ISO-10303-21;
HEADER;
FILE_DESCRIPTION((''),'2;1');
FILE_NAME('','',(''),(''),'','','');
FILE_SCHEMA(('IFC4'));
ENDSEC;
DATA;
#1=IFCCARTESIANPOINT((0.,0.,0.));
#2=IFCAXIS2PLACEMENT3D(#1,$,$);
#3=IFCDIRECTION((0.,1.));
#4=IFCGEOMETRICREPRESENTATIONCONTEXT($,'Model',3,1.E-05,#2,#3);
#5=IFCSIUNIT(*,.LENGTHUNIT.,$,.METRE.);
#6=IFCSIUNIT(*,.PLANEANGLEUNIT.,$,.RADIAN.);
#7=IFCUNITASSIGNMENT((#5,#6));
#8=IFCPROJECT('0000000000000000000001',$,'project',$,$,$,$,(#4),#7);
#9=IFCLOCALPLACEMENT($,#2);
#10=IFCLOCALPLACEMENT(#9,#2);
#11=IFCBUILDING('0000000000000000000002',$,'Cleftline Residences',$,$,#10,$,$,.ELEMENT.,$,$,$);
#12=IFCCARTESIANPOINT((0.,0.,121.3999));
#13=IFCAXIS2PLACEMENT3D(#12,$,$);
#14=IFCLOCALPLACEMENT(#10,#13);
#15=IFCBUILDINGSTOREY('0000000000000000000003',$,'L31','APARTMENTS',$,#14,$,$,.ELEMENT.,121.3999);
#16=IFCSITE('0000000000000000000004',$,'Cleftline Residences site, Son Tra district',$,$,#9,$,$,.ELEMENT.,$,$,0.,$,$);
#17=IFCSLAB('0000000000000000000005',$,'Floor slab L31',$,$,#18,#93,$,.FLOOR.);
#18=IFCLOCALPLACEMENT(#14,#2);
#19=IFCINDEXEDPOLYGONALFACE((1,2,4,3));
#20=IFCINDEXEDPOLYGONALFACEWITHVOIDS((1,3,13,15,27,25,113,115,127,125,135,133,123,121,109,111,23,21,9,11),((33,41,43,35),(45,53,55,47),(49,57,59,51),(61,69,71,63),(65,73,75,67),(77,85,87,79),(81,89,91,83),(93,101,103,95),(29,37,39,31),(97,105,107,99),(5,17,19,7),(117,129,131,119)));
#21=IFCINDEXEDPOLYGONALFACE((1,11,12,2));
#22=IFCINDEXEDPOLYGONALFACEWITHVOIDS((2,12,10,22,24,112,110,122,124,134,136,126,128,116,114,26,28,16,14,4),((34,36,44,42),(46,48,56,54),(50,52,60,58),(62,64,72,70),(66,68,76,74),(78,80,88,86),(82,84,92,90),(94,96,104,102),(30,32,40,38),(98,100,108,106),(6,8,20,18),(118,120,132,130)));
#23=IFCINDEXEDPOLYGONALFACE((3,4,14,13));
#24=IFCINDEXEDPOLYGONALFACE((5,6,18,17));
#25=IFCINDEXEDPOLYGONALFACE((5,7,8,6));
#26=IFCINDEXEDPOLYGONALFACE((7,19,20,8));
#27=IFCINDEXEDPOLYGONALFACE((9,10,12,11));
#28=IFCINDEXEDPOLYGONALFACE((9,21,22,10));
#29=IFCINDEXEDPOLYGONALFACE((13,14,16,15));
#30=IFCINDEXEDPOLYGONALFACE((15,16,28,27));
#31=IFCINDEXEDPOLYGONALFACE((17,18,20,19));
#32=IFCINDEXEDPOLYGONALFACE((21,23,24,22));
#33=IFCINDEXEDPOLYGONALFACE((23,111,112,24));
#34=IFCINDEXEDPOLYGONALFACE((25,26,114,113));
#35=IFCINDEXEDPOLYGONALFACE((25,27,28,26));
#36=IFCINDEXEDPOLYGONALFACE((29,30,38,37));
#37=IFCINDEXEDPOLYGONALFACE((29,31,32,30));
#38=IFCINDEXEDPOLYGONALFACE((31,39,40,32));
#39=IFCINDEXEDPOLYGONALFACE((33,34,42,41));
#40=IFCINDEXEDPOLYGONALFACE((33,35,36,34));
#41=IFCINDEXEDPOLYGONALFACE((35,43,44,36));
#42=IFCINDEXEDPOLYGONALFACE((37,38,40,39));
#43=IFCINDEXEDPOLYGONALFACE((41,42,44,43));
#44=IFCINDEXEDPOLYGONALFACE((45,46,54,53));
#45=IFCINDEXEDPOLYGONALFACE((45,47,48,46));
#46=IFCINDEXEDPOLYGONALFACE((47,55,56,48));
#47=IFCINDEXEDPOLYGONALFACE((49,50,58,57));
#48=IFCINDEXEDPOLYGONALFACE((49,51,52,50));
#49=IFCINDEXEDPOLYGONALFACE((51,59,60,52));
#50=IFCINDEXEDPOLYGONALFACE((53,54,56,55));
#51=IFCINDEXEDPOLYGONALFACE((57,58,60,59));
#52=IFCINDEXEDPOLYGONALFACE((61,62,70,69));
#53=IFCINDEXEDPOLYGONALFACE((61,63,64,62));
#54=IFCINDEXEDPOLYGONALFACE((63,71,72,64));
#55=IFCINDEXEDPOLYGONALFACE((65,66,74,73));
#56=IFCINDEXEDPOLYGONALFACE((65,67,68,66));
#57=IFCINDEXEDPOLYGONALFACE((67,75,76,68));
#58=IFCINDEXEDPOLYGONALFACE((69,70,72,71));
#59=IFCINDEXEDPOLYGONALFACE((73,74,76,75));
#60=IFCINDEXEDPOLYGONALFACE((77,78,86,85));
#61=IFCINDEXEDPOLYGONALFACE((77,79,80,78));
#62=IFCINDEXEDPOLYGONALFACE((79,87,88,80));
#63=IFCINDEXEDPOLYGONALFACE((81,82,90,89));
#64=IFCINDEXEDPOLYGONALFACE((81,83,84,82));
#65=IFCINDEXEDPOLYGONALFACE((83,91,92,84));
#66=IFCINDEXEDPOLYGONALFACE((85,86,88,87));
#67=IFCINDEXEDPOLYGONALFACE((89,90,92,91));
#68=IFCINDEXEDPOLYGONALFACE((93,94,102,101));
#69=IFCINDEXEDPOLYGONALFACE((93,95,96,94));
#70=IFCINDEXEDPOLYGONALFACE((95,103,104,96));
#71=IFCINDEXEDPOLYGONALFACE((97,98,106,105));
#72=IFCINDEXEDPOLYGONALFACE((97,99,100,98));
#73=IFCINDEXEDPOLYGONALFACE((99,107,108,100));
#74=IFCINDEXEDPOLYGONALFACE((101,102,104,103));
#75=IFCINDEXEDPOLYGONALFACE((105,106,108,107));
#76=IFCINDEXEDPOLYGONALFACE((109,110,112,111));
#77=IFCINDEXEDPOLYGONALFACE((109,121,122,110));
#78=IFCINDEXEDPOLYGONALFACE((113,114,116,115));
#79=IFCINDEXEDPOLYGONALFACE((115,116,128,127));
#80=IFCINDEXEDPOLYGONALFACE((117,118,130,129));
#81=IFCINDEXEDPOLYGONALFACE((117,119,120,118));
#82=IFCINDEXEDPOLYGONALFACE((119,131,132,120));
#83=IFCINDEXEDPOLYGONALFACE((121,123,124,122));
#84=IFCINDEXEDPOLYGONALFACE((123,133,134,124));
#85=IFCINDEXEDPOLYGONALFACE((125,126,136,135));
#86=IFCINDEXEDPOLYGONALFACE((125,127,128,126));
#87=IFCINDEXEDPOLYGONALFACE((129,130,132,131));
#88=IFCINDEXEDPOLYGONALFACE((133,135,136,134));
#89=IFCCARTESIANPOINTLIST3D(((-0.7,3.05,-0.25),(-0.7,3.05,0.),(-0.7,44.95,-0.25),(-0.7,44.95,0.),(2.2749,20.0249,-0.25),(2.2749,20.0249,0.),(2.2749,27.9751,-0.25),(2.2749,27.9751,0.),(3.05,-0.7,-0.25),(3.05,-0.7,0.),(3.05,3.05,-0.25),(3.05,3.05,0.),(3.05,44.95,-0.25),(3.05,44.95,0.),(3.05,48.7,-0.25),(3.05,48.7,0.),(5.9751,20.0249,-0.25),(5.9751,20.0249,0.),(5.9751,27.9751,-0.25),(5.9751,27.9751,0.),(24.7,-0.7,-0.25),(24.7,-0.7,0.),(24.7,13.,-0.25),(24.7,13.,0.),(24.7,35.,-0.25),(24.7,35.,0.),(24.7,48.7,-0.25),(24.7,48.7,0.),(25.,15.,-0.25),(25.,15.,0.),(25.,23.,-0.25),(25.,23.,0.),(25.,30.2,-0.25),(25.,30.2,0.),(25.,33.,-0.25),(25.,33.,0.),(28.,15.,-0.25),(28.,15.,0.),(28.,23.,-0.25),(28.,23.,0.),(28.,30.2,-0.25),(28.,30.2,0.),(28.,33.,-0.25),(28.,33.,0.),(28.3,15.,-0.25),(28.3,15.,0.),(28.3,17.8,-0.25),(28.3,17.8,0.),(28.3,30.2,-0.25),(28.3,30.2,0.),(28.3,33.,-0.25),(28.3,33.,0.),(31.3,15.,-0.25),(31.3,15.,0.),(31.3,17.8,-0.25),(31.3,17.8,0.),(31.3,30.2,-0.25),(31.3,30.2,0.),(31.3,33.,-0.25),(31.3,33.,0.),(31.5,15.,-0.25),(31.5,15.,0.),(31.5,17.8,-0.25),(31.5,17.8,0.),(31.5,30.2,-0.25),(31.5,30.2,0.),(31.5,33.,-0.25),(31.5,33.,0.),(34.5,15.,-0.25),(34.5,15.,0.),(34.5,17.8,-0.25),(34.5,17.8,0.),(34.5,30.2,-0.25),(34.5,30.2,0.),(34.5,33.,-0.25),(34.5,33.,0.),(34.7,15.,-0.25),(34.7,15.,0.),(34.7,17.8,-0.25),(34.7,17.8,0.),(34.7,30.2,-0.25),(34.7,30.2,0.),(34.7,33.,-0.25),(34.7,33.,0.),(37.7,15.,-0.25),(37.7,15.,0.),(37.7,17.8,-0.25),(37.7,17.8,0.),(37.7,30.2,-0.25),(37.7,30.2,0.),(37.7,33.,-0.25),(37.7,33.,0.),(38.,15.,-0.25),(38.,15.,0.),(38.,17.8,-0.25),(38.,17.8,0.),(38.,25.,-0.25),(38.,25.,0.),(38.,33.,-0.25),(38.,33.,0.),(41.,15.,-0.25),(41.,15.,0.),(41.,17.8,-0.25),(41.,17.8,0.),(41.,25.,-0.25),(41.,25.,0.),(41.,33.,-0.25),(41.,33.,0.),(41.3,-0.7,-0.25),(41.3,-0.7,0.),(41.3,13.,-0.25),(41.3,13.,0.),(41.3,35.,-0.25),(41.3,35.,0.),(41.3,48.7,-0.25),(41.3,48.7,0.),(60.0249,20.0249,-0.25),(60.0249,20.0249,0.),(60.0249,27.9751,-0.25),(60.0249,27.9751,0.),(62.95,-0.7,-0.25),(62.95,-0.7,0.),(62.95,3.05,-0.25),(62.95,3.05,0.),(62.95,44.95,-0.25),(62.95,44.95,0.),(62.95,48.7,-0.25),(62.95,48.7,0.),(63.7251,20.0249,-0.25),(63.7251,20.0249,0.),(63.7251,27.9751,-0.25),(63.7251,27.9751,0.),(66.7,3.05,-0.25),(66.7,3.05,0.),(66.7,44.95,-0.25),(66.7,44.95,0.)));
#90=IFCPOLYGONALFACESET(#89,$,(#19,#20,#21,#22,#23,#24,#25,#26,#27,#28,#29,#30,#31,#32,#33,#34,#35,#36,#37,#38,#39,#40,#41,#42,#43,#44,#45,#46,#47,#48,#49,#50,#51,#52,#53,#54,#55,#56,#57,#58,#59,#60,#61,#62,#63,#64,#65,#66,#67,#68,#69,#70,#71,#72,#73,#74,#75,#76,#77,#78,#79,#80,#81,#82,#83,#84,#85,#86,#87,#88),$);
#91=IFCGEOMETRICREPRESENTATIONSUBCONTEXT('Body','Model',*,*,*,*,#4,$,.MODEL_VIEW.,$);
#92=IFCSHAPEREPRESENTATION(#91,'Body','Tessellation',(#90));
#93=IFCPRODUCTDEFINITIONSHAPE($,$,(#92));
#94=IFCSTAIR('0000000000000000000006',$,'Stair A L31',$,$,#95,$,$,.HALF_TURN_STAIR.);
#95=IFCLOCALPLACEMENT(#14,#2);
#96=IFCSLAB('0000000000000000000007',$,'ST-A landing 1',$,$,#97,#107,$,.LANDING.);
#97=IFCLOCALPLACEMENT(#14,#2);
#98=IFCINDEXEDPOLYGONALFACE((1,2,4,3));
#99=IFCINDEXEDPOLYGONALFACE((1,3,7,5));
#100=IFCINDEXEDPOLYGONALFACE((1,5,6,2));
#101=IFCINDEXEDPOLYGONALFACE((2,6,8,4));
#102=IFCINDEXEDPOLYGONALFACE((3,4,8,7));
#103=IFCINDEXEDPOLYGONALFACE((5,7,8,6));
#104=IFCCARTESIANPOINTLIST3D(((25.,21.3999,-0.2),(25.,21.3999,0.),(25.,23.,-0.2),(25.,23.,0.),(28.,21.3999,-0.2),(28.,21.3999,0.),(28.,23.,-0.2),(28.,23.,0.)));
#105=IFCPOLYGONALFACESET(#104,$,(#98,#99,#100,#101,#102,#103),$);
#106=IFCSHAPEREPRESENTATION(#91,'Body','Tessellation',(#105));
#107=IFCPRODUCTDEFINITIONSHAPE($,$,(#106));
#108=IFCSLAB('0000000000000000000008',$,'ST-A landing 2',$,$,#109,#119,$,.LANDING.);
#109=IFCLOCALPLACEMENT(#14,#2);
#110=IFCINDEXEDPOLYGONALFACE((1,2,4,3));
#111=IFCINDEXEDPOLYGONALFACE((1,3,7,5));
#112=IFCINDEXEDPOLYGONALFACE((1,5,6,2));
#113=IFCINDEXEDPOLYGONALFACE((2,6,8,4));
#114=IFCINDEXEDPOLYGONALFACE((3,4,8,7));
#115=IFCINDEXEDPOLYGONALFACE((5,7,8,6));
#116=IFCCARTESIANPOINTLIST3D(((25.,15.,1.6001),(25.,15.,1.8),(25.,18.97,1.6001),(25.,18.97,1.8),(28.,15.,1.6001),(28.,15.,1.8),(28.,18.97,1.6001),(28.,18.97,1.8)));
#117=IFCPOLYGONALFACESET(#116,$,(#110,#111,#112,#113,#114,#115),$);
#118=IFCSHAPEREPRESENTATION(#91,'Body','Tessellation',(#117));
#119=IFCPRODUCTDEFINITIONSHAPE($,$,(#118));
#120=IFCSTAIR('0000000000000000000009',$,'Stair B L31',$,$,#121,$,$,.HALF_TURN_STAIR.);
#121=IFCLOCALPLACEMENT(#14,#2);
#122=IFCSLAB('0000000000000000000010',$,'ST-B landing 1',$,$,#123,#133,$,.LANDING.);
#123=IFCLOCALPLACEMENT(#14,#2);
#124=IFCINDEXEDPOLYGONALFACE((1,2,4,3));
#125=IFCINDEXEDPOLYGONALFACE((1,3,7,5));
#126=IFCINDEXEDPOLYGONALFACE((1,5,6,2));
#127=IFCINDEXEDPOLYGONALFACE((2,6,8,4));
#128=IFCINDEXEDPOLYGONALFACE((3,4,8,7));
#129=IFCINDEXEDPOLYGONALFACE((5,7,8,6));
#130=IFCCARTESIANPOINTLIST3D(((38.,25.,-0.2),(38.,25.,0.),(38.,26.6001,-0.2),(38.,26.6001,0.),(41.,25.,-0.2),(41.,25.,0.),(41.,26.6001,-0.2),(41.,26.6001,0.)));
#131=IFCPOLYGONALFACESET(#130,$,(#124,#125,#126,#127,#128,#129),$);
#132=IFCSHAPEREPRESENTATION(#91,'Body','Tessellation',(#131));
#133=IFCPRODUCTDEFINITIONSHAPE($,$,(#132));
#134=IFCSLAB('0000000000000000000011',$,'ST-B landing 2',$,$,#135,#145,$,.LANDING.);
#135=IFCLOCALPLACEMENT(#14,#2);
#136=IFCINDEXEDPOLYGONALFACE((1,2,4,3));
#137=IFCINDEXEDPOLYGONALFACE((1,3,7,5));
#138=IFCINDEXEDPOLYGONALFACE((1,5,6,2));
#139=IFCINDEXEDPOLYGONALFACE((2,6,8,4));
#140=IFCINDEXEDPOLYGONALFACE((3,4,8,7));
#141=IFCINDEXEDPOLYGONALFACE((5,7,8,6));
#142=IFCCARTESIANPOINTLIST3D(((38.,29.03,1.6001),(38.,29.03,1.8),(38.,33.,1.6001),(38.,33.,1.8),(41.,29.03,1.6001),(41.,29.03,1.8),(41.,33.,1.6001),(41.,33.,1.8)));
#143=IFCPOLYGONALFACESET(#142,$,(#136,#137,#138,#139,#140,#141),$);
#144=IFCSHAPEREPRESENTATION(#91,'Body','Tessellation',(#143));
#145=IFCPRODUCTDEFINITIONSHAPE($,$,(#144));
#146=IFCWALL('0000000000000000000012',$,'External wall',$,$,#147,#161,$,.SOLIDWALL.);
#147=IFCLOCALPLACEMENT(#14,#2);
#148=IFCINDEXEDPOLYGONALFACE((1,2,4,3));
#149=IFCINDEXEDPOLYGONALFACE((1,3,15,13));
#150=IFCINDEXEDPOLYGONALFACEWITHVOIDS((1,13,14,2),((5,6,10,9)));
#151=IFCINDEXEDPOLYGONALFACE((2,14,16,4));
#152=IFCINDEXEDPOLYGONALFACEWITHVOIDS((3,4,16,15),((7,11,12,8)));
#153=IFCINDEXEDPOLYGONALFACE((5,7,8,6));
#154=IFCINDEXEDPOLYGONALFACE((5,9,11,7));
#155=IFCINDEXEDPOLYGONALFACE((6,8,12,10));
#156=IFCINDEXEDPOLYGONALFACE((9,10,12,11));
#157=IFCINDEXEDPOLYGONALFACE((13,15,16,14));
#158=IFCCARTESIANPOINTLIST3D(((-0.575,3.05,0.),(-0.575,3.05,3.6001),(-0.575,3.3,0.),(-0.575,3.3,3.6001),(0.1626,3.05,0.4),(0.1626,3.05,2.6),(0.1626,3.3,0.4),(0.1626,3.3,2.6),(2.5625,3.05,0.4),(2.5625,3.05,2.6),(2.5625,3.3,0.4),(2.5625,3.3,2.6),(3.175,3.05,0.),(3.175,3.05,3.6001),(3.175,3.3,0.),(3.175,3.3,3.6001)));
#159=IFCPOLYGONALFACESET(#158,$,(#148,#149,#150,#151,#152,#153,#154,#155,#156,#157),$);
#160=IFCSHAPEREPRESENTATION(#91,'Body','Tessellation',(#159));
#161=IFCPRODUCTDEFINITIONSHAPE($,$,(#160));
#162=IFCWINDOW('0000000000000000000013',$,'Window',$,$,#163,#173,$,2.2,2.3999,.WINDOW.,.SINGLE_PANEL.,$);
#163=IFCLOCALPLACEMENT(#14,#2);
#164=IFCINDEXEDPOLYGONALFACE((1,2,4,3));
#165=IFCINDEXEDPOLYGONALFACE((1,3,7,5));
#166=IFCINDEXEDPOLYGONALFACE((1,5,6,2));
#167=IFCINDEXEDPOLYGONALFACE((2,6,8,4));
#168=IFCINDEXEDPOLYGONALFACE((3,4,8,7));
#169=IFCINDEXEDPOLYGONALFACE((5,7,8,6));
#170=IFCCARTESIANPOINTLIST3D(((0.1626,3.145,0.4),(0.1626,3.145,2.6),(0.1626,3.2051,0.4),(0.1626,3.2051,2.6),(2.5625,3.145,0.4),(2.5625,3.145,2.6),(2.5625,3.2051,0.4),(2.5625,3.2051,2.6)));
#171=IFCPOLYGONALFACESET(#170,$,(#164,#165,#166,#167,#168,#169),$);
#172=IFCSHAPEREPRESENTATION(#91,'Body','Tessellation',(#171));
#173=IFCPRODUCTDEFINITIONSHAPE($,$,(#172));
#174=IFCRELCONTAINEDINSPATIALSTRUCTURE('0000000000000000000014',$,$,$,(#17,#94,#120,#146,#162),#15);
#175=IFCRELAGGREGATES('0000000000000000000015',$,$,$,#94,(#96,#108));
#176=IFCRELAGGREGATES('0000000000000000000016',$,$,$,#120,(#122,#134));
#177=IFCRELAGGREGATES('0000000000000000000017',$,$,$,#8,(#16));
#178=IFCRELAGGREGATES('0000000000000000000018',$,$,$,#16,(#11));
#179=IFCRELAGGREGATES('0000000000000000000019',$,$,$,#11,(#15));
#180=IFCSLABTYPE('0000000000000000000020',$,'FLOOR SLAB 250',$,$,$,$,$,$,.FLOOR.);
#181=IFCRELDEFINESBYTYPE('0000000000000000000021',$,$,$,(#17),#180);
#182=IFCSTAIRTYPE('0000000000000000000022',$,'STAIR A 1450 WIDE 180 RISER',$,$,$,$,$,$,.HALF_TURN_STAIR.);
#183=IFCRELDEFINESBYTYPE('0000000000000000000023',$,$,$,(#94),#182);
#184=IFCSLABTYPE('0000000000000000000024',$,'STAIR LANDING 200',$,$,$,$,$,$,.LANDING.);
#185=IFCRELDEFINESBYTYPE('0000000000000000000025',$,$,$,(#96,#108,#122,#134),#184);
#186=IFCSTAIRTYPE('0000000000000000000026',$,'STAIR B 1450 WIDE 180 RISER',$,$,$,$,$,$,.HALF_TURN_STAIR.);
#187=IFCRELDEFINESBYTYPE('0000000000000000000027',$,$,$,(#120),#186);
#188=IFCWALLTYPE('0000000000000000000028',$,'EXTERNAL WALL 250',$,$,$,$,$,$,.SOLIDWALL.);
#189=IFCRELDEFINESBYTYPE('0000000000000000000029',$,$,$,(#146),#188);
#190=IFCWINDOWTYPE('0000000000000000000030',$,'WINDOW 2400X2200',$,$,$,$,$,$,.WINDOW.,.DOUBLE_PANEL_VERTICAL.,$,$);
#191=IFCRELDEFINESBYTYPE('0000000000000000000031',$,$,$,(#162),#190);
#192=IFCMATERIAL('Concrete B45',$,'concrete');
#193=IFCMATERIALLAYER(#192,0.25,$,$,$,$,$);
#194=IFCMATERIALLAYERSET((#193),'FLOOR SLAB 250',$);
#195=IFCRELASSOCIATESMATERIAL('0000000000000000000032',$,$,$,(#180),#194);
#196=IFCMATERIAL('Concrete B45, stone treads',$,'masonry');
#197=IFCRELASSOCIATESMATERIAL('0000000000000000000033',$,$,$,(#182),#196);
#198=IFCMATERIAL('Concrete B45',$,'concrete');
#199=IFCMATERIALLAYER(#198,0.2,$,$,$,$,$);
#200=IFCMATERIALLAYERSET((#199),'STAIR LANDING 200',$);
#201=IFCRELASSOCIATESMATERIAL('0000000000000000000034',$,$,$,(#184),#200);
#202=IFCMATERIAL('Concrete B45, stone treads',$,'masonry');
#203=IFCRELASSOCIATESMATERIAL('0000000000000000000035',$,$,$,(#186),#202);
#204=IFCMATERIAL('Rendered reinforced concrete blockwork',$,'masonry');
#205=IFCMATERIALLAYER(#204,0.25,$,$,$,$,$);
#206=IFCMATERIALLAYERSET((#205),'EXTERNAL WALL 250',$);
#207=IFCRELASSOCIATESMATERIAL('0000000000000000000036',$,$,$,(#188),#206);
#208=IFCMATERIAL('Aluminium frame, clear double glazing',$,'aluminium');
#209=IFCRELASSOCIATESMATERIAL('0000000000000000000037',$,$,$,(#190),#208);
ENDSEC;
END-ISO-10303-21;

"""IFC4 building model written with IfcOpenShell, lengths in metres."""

from ifc_helpers import new_model, si_unit, direction, frame, frame_2d, origin, place, context, subcontext, project, spatial, polyline, rectangle, outline, extrude, material, layer, layer_set, type_object, element, fill, aggregate, save


model = new_model("IFC4")

# Units and contexts
model_context = context("Model", 3, precision=1e-05, world=origin(), true_north=direction((0.0, 1.0)))
body_context = subcontext(model_context, "Body", "Model", "MODEL_VIEW")
ifc_project = project(units=[si_unit("LENGTHUNIT", "METRE"), si_unit("PLANEANGLEUNIT", "RADIAN")], contexts=[model_context])

# Site, building, storey
site_placement = place(None, origin())
site = spatial("IfcSite", under=ifc_project, at=site_placement, Name="Cleftline Residences site, Son Tra district", CompositionType="ELEMENT", RefElevation=0.0)
building_placement = place(site_placement, origin())
building = spatial("IfcBuilding", under=site, at=building_placement, Name="Cleftline Residences", CompositionType="ELEMENT")
storey_placement = place(building_placement, frame((0.0, 0.0, 121.3999)))
storey = spatial("IfcBuildingStorey", under=building, at=storey_placement, Name="L31", Description="APARTMENTS", CompositionType="ELEMENT", Elevation=121.3999)

# Slab
ifc_material_1 = material(Name="Concrete B45", Category="concrete")
ifc_layer_1 = layer(ifc_material_1, 0.25)
ifc_layer_set_1 = layer_set([ifc_layer_1], Name="FLOOR SLAB 250")
slab_type_1 = type_object("IfcSlabType", Name="FLOOR SLAB 250", PredefinedType="FLOOR", material=ifc_layer_set_1)
slab_1_placement = place(storey_placement, frame((0.0, 0.0, -0.25)))
element("IfcSlab", 1, at=slab_1_placement, inside=storey, type_object=slab_type_1, Name="Floor slab L31", PredefinedType="FLOOR", context=body_context, shape_type="SweptSolid", body=[
    extrude(outline(polyline([(24.7, 13.0), (41.3, 13.0), (41.3, -0.7), (62.95, -0.7), (62.95, 3.05), (66.7, 3.05), (66.7, 44.95), (62.95, 44.95), (62.95, 48.7), (41.3, 48.7), (41.3, 35.0), (24.7, 35.0), (24.7, 48.7), (3.05, 48.7), (3.05, 44.95), (-0.7, 44.95), (-0.7, 3.05), (3.05, 3.05), (3.05, -0.7), (24.7, -0.7), (24.7, 13.0)]), holes=[polyline([(28.0, 15.0), (28.0, 23.0), (25.0, 23.0), (25.0, 15.0), (28.0, 15.0)]), polyline([(41.0, 25.0), (41.0, 33.0), (38.0, 33.0), (38.0, 25.0), (41.0, 25.0)]), polyline([(28.0, 30.2), (28.0, 33.0), (25.0, 33.0), (25.0, 30.2), (28.0, 30.2)]), polyline([(41.0, 15.0), (41.0, 17.8), (38.0, 17.8), (38.0, 15.0), (41.0, 15.0)]), polyline([(31.3, 15.0), (31.3, 17.8), (28.3, 17.8), (28.3, 15.0), (31.3, 15.0)]), polyline([(34.5, 15.0), (34.5, 17.8), (31.5, 17.8), (31.5, 15.0), (34.5, 15.0)]), polyline([(37.7, 15.0), (37.7, 17.8), (34.7, 17.8), (34.7, 15.0), (37.7, 15.0)]), polyline([(31.3, 30.2), (31.3, 33.0), (28.3, 33.0), (28.3, 30.2), (31.3, 30.2)]), polyline([(34.5, 30.2), (34.5, 33.0), (31.5, 33.0), (31.5, 30.2), (34.5, 30.2)]), polyline([(37.7, 30.2), (37.7, 33.0), (34.7, 33.0), (34.7, 30.2), (37.7, 30.2)]), polyline([(63.7251, 20.0249), (63.7251, 27.9751), (60.0249, 27.9751), (60.0249, 20.0249), (63.7251, 20.0249)]), polyline([(5.9751, 20.0249), (5.9751, 27.9751), (2.2749, 27.9751), (2.2749, 20.0249), (5.9751, 20.0249)])]), origin(), (0.0, 0.0, 1.0), 0.25),
])

# Stairs, slabs
ifc_material_2 = material(Name="Concrete B45, stone treads", Category="masonry")
stair_type_1 = type_object("IfcStairType", Name="STAIR A 1450 WIDE 180 RISER", PredefinedType="HALF_TURN_STAIR", material=ifc_material_2)
stair_1_placement = place(storey_placement, origin())
stair_1 = element("IfcStair", 2, at=stair_1_placement, inside=storey, type_object=stair_type_1, Name="Stair A L31", PredefinedType="HALF_TURN_STAIR")
ifc_material_3 = material(Name="Concrete B45", Category="concrete")
ifc_layer_2 = layer(ifc_material_3, 0.2)
ifc_layer_set_2 = layer_set([ifc_layer_2], Name="STAIR LANDING 200")
slab_type_2 = type_object("IfcSlabType", Name="STAIR LANDING 200", PredefinedType="LANDING", material=ifc_layer_set_2)
slab_2_placement = place(storey_placement, frame((0.0, 0.0, -0.2)))
slab_2 = element("IfcSlab", 3, at=slab_2_placement, type_object=slab_type_2, Name="ST-A landing 1", PredefinedType="LANDING", context=body_context, shape_type="SweptSolid", body=[
    extrude(outline(polyline([(25.0, 21.3999), (28.0, 21.3999), (28.0, 23.0), (25.0, 23.0), (25.0, 21.3999)])), origin(), (0.0, 0.0, 1.0), 0.2),
])
slab_3_placement = place(storey_placement, frame((0.0, 0.0, 1.6001)))
slab_3 = element("IfcSlab", 4, at=slab_3_placement, type_object=slab_type_2, Name="ST-A landing 2", PredefinedType="LANDING", context=body_context, shape_type="SweptSolid", body=[
    extrude(outline(polyline([(25.0, 15.0), (28.0, 15.0), (28.0, 18.97), (25.0, 18.97), (25.0, 15.0)])), origin(), (0.0, 0.0, 1.0), 0.2),
])
aggregate(stair_1, [slab_2, slab_3])
ifc_material_4 = material(Name="Concrete B45, stone treads", Category="masonry")
stair_type_2 = type_object("IfcStairType", Name="STAIR B 1450 WIDE 180 RISER", PredefinedType="HALF_TURN_STAIR", material=ifc_material_4)
stair_2_placement = place(storey_placement, origin())
stair_2 = element("IfcStair", 5, at=stair_2_placement, inside=storey, type_object=stair_type_2, Name="Stair B L31", PredefinedType="HALF_TURN_STAIR")
slab_4_placement = place(storey_placement, frame((0.0, 0.0, -0.2)))
slab_4 = element("IfcSlab", 6, at=slab_4_placement, type_object=slab_type_2, Name="ST-B landing 1", PredefinedType="LANDING", context=body_context, shape_type="SweptSolid", body=[
    extrude(outline(polyline([(38.0, 25.0), (41.0, 25.0), (41.0, 26.6001), (38.0, 26.6001), (38.0, 25.0)])), origin(), (0.0, 0.0, 1.0), 0.2),
])
slab_5_placement = place(storey_placement, frame((0.0, 0.0, 1.6001)))
slab_5 = element("IfcSlab", 7, at=slab_5_placement, type_object=slab_type_2, Name="ST-B landing 2", PredefinedType="LANDING", context=body_context, shape_type="SweptSolid", body=[
    extrude(outline(polyline([(38.0, 29.03), (41.0, 29.03), (41.0, 33.0), (38.0, 33.0), (38.0, 29.03)])), origin(), (0.0, 0.0, 1.0), 0.2),
])
aggregate(stair_2, [slab_4, slab_5])

# Wall, opening, window
ifc_material_5 = material(Name="Rendered reinforced concrete blockwork", Category="masonry")
ifc_layer_3 = layer(ifc_material_5, 0.25)
ifc_layer_set_3 = layer_set([ifc_layer_3], Name="EXTERNAL WALL 250")
wall_type = type_object("IfcWallType", Name="EXTERNAL WALL 250", PredefinedType="SOLIDWALL", material=ifc_layer_set_3)
wall_placement = place(storey_placement, frame((-0.575, 3.175, 0.0), z_axis=(0.0, 0.0, 1.0), x_axis=(1.0, 0.0, 0.0)))
wall = element("IfcWall", 8, at=wall_placement, inside=storey, type_object=wall_type, Name="External wall", PredefinedType="SOLIDWALL", context=body_context, shape_type="SweptSolid", body=[
    extrude(rectangle(XDim=3.75, YDim=0.25, at=frame_2d((1.875, 0.0))), origin(), (0.0, 0.0, 1.0), 3.6001),
])
opening_placement = place(wall_placement, frame((0.7375, 0.0, 0.3999)))
opening = element("IfcOpeningElement", 9, at=opening_placement, cuts=wall, PredefinedType="OPENING", context=body_context, shape_type="SweptSolid", body=[
    extrude(rectangle(XDim=2.3999, YDim=2.2, at=frame_2d((1.2, 1.1001))), frame((0.0, 0.135, 0.0), z_axis=(0.0, -1.0, 0.0), x_axis=(1.0, 0.0, 0.0)), (0.0, 0.0, 1.0), 0.27),
])
ifc_material_6 = material(Name="Aluminium frame, clear double glazing", Category="aluminium")
window_type = type_object("IfcWindowType", Name="WINDOW 2400X2200", PartitioningType="DOUBLE_PANEL_VERTICAL", PredefinedType="WINDOW", material=ifc_material_6)
window_placement = place(opening_placement, origin())
window = element("IfcWindow", 10, at=window_placement, inside=storey, type_object=window_type, Name="Window", OverallHeight=2.2, OverallWidth=2.3999, PartitioningType="SINGLE_PANEL", PredefinedType="WINDOW", context=body_context, shape_type="SweptSolid", body=[
    extrude(rectangle(XDim=2.3999, YDim=2.2, at=frame_2d((1.2, 1.1001))), frame((0.0, 0.03, 0.0), z_axis=(0.0, -1.0, 0.0), x_axis=(1.0, 0.0, 0.0)), (0.0, 0.0, 1.0), 0.0601),
])
fill(opening, window)

save(model, "model.ifc")
